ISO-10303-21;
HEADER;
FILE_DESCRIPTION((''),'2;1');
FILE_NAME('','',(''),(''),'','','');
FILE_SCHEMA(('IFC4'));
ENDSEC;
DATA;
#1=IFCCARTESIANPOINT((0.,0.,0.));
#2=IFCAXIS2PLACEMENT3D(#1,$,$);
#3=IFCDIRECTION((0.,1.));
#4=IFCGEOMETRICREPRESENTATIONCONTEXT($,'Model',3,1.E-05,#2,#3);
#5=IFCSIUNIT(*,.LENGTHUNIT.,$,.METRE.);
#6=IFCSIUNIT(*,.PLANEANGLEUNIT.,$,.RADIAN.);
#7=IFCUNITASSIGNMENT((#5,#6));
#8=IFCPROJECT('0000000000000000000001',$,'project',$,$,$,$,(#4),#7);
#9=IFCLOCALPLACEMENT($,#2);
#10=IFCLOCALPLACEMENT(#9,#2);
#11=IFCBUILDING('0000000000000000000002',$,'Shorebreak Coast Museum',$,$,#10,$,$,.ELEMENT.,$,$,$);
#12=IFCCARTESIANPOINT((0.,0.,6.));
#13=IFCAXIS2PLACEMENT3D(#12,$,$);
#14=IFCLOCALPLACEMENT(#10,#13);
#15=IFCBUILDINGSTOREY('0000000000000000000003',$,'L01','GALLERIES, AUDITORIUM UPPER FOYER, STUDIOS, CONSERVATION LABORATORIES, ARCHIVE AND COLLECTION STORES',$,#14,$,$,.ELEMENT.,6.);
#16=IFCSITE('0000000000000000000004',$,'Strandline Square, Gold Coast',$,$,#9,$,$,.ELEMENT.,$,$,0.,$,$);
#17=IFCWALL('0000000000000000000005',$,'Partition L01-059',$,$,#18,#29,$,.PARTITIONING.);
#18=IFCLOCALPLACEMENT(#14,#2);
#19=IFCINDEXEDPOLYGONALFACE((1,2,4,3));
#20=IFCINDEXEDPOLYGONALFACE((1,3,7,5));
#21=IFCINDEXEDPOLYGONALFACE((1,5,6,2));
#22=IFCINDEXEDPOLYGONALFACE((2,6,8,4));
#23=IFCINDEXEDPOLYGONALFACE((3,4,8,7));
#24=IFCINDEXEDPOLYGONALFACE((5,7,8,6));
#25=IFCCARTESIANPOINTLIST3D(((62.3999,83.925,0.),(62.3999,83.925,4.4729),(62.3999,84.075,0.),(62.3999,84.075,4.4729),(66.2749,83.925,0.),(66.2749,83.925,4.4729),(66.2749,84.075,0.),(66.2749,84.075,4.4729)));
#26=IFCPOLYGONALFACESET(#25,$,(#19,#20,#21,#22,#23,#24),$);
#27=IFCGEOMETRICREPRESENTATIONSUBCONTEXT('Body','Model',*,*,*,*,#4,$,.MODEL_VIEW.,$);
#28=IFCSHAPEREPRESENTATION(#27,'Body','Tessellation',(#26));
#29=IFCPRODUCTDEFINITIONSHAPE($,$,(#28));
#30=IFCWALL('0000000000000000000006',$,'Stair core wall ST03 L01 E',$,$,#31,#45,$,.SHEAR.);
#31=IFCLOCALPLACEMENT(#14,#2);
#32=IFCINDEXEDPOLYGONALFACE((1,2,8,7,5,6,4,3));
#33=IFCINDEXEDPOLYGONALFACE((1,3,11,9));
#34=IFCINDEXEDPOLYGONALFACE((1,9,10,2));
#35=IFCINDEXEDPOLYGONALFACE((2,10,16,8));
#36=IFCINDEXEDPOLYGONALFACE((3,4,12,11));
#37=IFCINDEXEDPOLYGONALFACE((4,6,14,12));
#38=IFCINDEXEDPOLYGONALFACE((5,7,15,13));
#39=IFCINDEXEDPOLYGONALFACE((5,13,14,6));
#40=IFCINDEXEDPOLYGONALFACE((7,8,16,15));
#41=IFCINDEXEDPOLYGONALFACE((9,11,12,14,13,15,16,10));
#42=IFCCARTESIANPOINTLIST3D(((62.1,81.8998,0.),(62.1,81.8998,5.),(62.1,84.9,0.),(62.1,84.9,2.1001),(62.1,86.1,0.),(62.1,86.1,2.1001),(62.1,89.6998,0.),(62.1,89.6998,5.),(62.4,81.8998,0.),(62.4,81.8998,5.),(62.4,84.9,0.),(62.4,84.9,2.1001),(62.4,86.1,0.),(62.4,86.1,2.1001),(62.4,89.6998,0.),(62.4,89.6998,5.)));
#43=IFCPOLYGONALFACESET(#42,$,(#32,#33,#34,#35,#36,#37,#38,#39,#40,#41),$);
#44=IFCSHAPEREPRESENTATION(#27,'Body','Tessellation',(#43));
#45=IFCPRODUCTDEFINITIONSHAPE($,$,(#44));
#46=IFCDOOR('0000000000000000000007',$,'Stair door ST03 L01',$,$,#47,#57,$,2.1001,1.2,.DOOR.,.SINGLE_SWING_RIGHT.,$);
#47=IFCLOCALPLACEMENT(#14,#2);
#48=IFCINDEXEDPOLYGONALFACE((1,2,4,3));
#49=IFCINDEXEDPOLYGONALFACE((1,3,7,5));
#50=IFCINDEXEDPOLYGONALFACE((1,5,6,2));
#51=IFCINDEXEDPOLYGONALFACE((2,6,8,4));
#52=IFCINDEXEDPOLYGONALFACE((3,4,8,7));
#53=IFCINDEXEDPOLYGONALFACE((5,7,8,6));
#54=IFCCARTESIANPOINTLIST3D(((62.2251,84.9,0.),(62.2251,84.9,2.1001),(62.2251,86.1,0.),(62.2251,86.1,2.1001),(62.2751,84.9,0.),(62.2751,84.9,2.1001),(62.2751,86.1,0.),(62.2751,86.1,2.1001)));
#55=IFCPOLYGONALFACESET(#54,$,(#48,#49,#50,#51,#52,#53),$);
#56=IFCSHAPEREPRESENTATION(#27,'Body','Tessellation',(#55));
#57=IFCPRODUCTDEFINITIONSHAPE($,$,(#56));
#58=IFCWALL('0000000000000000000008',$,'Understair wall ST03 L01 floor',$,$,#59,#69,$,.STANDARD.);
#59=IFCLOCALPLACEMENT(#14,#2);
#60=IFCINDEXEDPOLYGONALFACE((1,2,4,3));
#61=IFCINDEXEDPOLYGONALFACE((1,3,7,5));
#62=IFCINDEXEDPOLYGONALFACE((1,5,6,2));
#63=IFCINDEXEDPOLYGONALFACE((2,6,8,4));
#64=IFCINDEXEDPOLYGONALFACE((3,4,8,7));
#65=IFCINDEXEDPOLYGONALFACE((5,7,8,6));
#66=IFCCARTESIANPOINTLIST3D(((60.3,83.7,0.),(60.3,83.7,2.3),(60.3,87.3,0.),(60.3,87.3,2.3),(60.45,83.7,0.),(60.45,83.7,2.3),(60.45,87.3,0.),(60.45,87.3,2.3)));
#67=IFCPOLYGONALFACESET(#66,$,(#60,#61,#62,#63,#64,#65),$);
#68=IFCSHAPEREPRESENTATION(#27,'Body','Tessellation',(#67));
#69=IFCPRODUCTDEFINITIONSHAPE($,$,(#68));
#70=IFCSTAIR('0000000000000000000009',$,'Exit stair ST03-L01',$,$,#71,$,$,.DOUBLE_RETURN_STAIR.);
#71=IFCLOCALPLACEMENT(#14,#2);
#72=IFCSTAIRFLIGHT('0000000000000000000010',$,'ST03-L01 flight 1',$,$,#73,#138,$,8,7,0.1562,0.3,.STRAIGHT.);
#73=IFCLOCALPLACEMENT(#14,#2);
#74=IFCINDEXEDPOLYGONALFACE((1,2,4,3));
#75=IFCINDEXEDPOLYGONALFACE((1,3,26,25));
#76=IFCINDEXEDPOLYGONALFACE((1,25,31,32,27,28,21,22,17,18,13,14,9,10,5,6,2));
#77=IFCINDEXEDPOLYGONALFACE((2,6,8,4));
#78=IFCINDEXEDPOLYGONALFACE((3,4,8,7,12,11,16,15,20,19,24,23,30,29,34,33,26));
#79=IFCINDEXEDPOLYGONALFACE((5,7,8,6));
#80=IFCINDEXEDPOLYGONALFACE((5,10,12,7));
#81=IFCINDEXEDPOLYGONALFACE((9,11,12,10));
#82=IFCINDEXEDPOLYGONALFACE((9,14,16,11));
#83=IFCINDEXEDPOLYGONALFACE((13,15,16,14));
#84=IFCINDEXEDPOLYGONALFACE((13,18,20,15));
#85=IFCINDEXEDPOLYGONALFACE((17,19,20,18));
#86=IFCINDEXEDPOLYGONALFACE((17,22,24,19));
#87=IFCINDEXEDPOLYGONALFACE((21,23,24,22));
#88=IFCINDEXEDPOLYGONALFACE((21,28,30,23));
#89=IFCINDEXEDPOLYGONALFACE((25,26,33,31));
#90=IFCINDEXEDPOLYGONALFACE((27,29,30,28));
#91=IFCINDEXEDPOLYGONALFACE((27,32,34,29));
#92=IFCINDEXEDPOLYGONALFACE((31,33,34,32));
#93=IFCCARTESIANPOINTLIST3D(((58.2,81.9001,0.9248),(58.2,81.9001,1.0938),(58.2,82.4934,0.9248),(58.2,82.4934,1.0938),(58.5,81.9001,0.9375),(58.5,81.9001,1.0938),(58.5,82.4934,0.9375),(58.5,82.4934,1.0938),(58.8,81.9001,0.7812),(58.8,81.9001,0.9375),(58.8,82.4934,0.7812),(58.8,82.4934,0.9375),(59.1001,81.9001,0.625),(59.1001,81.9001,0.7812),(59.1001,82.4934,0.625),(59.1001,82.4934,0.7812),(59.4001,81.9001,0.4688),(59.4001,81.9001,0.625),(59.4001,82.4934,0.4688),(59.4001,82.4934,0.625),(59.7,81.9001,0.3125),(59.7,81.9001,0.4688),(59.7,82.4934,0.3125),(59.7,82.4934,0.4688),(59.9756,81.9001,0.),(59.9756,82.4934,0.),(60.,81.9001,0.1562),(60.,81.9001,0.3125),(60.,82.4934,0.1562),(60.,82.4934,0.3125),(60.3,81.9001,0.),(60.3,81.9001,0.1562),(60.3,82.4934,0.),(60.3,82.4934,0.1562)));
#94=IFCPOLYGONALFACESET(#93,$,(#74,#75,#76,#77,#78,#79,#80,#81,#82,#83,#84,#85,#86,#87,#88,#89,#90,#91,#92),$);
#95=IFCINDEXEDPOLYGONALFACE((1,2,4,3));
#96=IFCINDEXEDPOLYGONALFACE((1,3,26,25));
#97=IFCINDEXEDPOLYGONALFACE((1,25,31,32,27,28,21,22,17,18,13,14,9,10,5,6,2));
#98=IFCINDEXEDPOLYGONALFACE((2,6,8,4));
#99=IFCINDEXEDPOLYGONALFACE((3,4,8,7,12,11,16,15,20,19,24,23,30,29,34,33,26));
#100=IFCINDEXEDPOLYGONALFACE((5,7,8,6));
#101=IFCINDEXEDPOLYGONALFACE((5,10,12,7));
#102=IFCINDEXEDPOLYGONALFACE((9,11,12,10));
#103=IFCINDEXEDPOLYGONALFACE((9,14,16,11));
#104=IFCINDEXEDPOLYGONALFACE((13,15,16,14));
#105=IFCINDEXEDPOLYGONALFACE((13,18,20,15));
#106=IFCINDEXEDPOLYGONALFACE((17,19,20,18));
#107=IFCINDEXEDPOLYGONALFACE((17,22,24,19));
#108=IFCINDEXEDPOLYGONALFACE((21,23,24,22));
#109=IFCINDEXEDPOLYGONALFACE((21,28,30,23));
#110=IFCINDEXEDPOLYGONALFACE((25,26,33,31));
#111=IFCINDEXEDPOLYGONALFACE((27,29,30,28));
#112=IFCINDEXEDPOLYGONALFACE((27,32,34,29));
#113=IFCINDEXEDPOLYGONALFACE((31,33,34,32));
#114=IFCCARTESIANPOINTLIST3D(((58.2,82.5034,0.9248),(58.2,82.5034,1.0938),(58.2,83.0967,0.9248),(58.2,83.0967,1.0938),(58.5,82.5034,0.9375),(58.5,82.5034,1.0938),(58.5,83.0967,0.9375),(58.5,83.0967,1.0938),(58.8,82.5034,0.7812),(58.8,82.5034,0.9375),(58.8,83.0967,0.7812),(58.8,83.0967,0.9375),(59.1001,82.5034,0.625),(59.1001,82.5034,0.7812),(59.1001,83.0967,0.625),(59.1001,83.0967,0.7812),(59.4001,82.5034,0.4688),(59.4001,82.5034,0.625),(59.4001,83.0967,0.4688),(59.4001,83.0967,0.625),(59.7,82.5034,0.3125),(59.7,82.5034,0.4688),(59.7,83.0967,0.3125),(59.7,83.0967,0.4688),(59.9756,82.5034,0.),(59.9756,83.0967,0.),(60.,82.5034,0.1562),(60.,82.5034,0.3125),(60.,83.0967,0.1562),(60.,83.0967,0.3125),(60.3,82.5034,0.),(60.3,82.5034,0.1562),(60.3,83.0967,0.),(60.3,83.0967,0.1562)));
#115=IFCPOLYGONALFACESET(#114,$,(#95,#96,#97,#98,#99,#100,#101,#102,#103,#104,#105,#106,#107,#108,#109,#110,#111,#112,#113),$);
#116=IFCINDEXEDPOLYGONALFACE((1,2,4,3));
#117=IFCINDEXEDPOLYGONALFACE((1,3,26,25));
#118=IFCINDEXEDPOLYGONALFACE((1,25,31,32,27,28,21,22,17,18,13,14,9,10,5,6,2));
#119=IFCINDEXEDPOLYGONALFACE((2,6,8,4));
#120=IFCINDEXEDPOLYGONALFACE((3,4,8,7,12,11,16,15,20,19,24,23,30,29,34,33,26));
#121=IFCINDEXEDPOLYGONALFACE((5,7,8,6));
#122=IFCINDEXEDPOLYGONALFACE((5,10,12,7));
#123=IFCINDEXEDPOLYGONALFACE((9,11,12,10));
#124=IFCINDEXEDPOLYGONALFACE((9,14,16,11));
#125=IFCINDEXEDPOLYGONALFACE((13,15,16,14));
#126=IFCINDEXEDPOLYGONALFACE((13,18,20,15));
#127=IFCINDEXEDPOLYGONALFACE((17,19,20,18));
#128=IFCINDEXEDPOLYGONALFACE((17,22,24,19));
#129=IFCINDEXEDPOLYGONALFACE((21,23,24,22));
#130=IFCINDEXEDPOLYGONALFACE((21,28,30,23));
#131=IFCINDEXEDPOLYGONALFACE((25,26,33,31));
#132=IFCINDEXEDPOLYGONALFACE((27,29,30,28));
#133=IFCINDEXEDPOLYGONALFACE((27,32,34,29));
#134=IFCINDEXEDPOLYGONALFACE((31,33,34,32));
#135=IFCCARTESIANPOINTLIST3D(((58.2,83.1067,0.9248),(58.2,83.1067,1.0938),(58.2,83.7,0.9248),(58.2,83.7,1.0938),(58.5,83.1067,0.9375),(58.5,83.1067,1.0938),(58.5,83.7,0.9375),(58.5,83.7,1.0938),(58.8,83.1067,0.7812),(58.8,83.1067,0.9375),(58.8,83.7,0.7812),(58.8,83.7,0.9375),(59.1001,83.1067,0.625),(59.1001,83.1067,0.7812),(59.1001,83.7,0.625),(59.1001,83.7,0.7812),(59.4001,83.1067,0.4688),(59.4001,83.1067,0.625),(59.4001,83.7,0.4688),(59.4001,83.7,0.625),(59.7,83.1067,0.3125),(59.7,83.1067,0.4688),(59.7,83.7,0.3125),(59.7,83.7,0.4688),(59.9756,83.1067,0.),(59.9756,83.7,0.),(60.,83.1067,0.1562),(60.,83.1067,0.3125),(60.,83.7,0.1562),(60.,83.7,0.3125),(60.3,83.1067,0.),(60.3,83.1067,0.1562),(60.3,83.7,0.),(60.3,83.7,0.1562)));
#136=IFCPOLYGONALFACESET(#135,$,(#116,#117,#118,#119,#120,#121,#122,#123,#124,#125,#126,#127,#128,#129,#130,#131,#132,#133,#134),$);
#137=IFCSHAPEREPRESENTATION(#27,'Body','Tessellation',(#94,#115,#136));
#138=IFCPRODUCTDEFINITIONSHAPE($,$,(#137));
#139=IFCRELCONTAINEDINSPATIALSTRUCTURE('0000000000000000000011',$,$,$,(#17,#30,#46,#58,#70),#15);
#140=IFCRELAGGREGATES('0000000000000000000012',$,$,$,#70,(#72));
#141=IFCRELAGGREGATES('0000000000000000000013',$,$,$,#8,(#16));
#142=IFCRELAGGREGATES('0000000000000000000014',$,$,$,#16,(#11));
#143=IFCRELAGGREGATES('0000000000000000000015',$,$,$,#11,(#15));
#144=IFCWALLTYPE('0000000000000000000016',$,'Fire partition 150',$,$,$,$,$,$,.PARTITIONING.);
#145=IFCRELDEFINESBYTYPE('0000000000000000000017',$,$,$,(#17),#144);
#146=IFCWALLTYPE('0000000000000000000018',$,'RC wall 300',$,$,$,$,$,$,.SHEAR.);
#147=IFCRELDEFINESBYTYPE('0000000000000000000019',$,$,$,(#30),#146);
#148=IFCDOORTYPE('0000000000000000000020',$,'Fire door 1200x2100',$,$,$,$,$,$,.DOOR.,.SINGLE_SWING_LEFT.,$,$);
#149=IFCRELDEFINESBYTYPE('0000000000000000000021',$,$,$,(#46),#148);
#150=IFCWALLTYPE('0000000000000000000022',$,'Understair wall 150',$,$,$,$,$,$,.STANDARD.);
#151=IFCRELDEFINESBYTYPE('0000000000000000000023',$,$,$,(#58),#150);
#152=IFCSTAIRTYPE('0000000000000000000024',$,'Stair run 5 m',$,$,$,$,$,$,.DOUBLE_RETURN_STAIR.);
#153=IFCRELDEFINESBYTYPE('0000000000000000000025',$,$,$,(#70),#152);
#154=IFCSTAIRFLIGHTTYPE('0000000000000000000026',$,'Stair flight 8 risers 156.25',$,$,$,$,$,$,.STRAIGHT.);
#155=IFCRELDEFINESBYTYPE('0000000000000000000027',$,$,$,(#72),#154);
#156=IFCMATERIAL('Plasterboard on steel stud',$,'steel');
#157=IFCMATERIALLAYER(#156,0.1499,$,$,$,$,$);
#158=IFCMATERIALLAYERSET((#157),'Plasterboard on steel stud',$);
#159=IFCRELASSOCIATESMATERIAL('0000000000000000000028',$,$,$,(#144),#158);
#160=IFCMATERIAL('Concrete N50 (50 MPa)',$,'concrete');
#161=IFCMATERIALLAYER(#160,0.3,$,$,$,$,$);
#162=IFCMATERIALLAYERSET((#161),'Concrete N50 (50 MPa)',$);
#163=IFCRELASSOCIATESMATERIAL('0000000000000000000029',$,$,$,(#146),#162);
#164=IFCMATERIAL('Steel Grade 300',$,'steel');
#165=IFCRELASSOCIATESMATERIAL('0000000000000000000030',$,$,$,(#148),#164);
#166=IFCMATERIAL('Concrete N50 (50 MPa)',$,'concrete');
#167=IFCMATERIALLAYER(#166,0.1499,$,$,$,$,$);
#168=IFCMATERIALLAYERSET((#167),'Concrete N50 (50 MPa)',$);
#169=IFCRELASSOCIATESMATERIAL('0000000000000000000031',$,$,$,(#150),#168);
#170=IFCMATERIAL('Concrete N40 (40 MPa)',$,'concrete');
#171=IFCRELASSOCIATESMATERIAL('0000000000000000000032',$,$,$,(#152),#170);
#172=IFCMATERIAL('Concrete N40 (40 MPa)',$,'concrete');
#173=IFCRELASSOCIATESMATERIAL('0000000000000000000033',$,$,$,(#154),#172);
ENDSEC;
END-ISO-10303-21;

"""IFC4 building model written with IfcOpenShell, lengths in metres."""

from ifc_helpers import new_model, si_unit, direction, frame, frame_2d, origin, place, context, subcontext, project, spatial, polyline, rectangle, outline, extrude, material, layer, layer_set, type_object, element, fill, aggregate, save


model = new_model("IFC4")

# Units and contexts
model_context = context("Model", 3, precision=1e-05, world=origin(), true_north=direction((0.0, 1.0)))
body_context = subcontext(model_context, "Body", "Model", "MODEL_VIEW")
ifc_project = project(units=[si_unit("LENGTHUNIT", "METRE"), si_unit("PLANEANGLEUNIT", "RADIAN")], contexts=[model_context])

# Site, building, storey
site_placement = place(None, origin())
site = spatial("IfcSite", under=ifc_project, at=site_placement, Name="Strandline Square, Gold Coast", CompositionType="ELEMENT", RefElevation=0.0)
building_placement = place(site_placement, origin())
building = spatial("IfcBuilding", under=site, at=building_placement, Name="Shorebreak Coast Museum", CompositionType="ELEMENT")
storey_placement = place(building_placement, frame((0.0, 0.0, 6.0)))
storey = spatial("IfcBuildingStorey", under=building, at=storey_placement, Name="L01", Description="GALLERIES, AUDITORIUM UPPER FOYER, STUDIOS, CONSERVATION LABORATORIES, ARCHIVE AND COLLECTION STORES", CompositionType="ELEMENT", Elevation=6.0)

# Wall
ifc_material_1 = material(Name="Plasterboard on steel stud", Category="steel")
ifc_layer_1 = layer(ifc_material_1, 0.1499)
ifc_layer_set_1 = layer_set([ifc_layer_1], Name="Plasterboard on steel stud")
wall_type_1 = type_object("IfcWallType", Name="Fire partition 150", PredefinedType="PARTITIONING", material=ifc_layer_set_1)
wall_1_placement = place(storey_placement, frame((62.3999, 84.0, 0.0), z_axis=(0.0, 0.0, 1.0), x_axis=(1.0, 0.0, 0.0)))
element("IfcWall", 1, at=wall_1_placement, inside=storey, type_object=wall_type_1, Name="Partition L01-059", PredefinedType="PARTITIONING", context=body_context, shape_type="SweptSolid", body=[
    extrude(rectangle(XDim=3.875, YDim=0.1499, at=frame_2d((1.9375, 0.0))), origin(), (0.0, 0.0, 1.0), 4.4729),
])

# Wall, opening, door
ifc_material_2 = material(Name="Concrete N50 (50 MPa)", Category="concrete")
ifc_layer_2 = layer(ifc_material_2, 0.3)
ifc_layer_set_2 = layer_set([ifc_layer_2], Name="Concrete N50 (50 MPa)")
wall_type_2 = type_object("IfcWallType", Name="RC wall 300", PredefinedType="SHEAR", material=ifc_layer_set_2)
wall_2_placement = place(storey_placement, frame((62.25, 81.8999, 0.0), z_axis=(0.0, 0.0, 1.0), x_axis=(0.0, 1.0, 0.0)))
wall_2 = element("IfcWall", 2, at=wall_2_placement, inside=storey, type_object=wall_type_2, Name="Stair core wall ST03 L01 E", PredefinedType="SHEAR", context=body_context, shape_type="SweptSolid", body=[
    extrude(rectangle(XDim=7.8, YDim=0.3, at=frame_2d((3.8999, 0.0))), origin(), (0.0, 0.0, 1.0), 5.0),
])
opening_placement = place(wall_2_placement, frame((3.0, 0.0, 0.0)))
opening = element("IfcOpeningElement", 3, at=opening_placement, cuts=wall_2, PredefinedType="OPENING", context=body_context, shape_type="SweptSolid", body=[
    extrude(rectangle(XDim=1.2, YDim=2.1001, at=frame_2d((0.6001, 1.05))), frame((0.0, 0.1599, 0.0), z_axis=(0.0, -1.0, 0.0), x_axis=(1.0, 0.0, 0.0)), (0.0, 0.0, 1.0), 0.3201),
])
ifc_material_3 = material(Name="Steel Grade 300", Category="steel")
door_type = type_object("IfcDoorType", Name="Fire door 1200x2100", OperationType="SINGLE_SWING_LEFT", PredefinedType="DOOR", material=ifc_material_3)
door_placement = place(opening_placement, origin())
door = element("IfcDoor", 4, at=door_placement, inside=storey, type_object=door_type, Name="Stair door ST03 L01", OperationType="SINGLE_SWING_RIGHT", OverallHeight=2.1001, OverallWidth=1.2, PredefinedType="DOOR", context=body_context, shape_type="SweptSolid", body=[
    extrude(rectangle(XDim=1.2, YDim=2.1001, at=frame_2d((0.6001, 1.05))), frame((0.0, 0.0249, 0.0), z_axis=(0.0, -1.0, 0.0), x_axis=(1.0, 0.0, 0.0)), (0.0, 0.0, 1.0), 0.05),
])
fill(opening, door)

# Wall
ifc_material_4 = material(Name="Concrete N50 (50 MPa)", Category="concrete")
ifc_layer_3 = layer(ifc_material_4, 0.1499)
ifc_layer_set_3 = layer_set([ifc_layer_3], Name="Concrete N50 (50 MPa)")
wall_type_3 = type_object("IfcWallType", Name="Understair wall 150", PredefinedType="STANDARD", material=ifc_layer_set_3)
wall_3_placement = place(storey_placement, frame((60.375, 83.7, 0.0), z_axis=(0.0, 0.0, 1.0), x_axis=(0.0, 1.0, 0.0)))
element("IfcWall", 5, at=wall_3_placement, inside=storey, type_object=wall_type_3, Name="Understair wall ST03 L01 floor", PredefinedType="STANDARD", context=body_context, shape_type="SweptSolid", body=[
    extrude(rectangle(XDim=3.6001, YDim=0.1499, at=frame_2d((1.8, 0.0))), origin(), (0.0, 0.0, 1.0), 2.3),
])

# Stair, stair flight
ifc_material_5 = material(Name="Concrete N40 (40 MPa)", Category="concrete")
stair_type = type_object("IfcStairType", Name="Stair run 5 m", PredefinedType="DOUBLE_RETURN_STAIR", material=ifc_material_5)
stair_placement = place(storey_placement, origin())
stair = element("IfcStair", 6, at=stair_placement, inside=storey, type_object=stair_type, Name="Exit stair ST03-L01", PredefinedType="DOUBLE_RETURN_STAIR")
ifc_material_6 = material(Name="Concrete N40 (40 MPa)", Category="concrete")
stair_flight_type = type_object("IfcStairFlightType", Name="Stair flight 8 risers 156.25", PredefinedType="STRAIGHT", material=ifc_material_6)
stair_flight_1_placement = place(storey_placement, frame((60.3, 82.8, 0.0), z_axis=(0.0, 0.0, 1.0), x_axis=(-1.0, 0.0, 0.0)))
stair_flight_1 = element("IfcStairFlight", 7, at=stair_flight_1_placement, type_object=stair_flight_type, Name="ST03-L01 flight 1", NumberOfRisers=8, NumberOfTreads=7, PredefinedType="STRAIGHT", RiserHeight=0.1562, TreadLength=0.3, context=body_context, shape_type="SweptSolid", body=[
    extrude(outline(polyline([(0.0, 0.0), (0.0, 0.1562), (0.3, 0.1562), (0.3, 0.3125), (0.6001, 0.3125), (0.6001, 0.4688), (0.8999, 0.4688), (0.8999, 0.625), (1.2, 0.625), (1.2, 0.7812), (1.5, 0.7812), (1.5, 0.9375), (1.8, 0.9375), (1.8, 1.0938), (2.1001, 1.0938), (2.1001, 1.25), (2.1001, 0.9248), (0.3245, 0.0), (0.0, 0.0)])), frame((0.0, 0.8999, 0.0), z_axis=(0.0, -1.0, 0.0), x_axis=(1.0, 0.0, 0.0)), (0.0, 0.0, 1.0), 0.5933),
    extrude(outline(polyline([(0.0, 0.0), (0.0, 0.1562), (0.3, 0.1562), (0.3, 0.3125), (0.6001, 0.3125), (0.6001, 0.4688), (0.8999, 0.4688), (0.8999, 0.625), (1.2, 0.625), (1.2, 0.7812), (1.5, 0.7812), (1.5, 0.9375), (1.8, 0.9375), (1.8, 1.0938), (2.1001, 1.0938), (2.1001, 1.25), (2.1001, 0.9248), (0.3245, 0.0), (0.0, 0.0)])), frame((0.0, 0.2966, 0.0), z_axis=(0.0, -1.0, 0.0), x_axis=(1.0, 0.0, 0.0)), (0.0, 0.0, 1.0), 0.5933),
    extrude(outline(polyline([(0.0, 0.0), (0.0, 0.1562), (0.3, 0.1562), (0.3, 0.3125), (0.6001, 0.3125), (0.6001, 0.4688), (0.8999, 0.4688), (0.8999, 0.625), (1.2, 0.625), (1.2, 0.7812), (1.5, 0.7812), (1.5, 0.9375), (1.8, 0.9375), (1.8, 1.0938), (2.1001, 1.0938), (2.1001, 1.25), (2.1001, 0.9248), (0.3245, 0.0), (0.0, 0.0)])), frame((0.0, -0.3066, 0.0), z_axis=(0.0, -1.0, 0.0), x_axis=(1.0, 0.0, 0.0)), (0.0, 0.0, 1.0), 0.5933),
])
aggregate(stair, [stair_flight_1])

save(model, "model.ifc")
